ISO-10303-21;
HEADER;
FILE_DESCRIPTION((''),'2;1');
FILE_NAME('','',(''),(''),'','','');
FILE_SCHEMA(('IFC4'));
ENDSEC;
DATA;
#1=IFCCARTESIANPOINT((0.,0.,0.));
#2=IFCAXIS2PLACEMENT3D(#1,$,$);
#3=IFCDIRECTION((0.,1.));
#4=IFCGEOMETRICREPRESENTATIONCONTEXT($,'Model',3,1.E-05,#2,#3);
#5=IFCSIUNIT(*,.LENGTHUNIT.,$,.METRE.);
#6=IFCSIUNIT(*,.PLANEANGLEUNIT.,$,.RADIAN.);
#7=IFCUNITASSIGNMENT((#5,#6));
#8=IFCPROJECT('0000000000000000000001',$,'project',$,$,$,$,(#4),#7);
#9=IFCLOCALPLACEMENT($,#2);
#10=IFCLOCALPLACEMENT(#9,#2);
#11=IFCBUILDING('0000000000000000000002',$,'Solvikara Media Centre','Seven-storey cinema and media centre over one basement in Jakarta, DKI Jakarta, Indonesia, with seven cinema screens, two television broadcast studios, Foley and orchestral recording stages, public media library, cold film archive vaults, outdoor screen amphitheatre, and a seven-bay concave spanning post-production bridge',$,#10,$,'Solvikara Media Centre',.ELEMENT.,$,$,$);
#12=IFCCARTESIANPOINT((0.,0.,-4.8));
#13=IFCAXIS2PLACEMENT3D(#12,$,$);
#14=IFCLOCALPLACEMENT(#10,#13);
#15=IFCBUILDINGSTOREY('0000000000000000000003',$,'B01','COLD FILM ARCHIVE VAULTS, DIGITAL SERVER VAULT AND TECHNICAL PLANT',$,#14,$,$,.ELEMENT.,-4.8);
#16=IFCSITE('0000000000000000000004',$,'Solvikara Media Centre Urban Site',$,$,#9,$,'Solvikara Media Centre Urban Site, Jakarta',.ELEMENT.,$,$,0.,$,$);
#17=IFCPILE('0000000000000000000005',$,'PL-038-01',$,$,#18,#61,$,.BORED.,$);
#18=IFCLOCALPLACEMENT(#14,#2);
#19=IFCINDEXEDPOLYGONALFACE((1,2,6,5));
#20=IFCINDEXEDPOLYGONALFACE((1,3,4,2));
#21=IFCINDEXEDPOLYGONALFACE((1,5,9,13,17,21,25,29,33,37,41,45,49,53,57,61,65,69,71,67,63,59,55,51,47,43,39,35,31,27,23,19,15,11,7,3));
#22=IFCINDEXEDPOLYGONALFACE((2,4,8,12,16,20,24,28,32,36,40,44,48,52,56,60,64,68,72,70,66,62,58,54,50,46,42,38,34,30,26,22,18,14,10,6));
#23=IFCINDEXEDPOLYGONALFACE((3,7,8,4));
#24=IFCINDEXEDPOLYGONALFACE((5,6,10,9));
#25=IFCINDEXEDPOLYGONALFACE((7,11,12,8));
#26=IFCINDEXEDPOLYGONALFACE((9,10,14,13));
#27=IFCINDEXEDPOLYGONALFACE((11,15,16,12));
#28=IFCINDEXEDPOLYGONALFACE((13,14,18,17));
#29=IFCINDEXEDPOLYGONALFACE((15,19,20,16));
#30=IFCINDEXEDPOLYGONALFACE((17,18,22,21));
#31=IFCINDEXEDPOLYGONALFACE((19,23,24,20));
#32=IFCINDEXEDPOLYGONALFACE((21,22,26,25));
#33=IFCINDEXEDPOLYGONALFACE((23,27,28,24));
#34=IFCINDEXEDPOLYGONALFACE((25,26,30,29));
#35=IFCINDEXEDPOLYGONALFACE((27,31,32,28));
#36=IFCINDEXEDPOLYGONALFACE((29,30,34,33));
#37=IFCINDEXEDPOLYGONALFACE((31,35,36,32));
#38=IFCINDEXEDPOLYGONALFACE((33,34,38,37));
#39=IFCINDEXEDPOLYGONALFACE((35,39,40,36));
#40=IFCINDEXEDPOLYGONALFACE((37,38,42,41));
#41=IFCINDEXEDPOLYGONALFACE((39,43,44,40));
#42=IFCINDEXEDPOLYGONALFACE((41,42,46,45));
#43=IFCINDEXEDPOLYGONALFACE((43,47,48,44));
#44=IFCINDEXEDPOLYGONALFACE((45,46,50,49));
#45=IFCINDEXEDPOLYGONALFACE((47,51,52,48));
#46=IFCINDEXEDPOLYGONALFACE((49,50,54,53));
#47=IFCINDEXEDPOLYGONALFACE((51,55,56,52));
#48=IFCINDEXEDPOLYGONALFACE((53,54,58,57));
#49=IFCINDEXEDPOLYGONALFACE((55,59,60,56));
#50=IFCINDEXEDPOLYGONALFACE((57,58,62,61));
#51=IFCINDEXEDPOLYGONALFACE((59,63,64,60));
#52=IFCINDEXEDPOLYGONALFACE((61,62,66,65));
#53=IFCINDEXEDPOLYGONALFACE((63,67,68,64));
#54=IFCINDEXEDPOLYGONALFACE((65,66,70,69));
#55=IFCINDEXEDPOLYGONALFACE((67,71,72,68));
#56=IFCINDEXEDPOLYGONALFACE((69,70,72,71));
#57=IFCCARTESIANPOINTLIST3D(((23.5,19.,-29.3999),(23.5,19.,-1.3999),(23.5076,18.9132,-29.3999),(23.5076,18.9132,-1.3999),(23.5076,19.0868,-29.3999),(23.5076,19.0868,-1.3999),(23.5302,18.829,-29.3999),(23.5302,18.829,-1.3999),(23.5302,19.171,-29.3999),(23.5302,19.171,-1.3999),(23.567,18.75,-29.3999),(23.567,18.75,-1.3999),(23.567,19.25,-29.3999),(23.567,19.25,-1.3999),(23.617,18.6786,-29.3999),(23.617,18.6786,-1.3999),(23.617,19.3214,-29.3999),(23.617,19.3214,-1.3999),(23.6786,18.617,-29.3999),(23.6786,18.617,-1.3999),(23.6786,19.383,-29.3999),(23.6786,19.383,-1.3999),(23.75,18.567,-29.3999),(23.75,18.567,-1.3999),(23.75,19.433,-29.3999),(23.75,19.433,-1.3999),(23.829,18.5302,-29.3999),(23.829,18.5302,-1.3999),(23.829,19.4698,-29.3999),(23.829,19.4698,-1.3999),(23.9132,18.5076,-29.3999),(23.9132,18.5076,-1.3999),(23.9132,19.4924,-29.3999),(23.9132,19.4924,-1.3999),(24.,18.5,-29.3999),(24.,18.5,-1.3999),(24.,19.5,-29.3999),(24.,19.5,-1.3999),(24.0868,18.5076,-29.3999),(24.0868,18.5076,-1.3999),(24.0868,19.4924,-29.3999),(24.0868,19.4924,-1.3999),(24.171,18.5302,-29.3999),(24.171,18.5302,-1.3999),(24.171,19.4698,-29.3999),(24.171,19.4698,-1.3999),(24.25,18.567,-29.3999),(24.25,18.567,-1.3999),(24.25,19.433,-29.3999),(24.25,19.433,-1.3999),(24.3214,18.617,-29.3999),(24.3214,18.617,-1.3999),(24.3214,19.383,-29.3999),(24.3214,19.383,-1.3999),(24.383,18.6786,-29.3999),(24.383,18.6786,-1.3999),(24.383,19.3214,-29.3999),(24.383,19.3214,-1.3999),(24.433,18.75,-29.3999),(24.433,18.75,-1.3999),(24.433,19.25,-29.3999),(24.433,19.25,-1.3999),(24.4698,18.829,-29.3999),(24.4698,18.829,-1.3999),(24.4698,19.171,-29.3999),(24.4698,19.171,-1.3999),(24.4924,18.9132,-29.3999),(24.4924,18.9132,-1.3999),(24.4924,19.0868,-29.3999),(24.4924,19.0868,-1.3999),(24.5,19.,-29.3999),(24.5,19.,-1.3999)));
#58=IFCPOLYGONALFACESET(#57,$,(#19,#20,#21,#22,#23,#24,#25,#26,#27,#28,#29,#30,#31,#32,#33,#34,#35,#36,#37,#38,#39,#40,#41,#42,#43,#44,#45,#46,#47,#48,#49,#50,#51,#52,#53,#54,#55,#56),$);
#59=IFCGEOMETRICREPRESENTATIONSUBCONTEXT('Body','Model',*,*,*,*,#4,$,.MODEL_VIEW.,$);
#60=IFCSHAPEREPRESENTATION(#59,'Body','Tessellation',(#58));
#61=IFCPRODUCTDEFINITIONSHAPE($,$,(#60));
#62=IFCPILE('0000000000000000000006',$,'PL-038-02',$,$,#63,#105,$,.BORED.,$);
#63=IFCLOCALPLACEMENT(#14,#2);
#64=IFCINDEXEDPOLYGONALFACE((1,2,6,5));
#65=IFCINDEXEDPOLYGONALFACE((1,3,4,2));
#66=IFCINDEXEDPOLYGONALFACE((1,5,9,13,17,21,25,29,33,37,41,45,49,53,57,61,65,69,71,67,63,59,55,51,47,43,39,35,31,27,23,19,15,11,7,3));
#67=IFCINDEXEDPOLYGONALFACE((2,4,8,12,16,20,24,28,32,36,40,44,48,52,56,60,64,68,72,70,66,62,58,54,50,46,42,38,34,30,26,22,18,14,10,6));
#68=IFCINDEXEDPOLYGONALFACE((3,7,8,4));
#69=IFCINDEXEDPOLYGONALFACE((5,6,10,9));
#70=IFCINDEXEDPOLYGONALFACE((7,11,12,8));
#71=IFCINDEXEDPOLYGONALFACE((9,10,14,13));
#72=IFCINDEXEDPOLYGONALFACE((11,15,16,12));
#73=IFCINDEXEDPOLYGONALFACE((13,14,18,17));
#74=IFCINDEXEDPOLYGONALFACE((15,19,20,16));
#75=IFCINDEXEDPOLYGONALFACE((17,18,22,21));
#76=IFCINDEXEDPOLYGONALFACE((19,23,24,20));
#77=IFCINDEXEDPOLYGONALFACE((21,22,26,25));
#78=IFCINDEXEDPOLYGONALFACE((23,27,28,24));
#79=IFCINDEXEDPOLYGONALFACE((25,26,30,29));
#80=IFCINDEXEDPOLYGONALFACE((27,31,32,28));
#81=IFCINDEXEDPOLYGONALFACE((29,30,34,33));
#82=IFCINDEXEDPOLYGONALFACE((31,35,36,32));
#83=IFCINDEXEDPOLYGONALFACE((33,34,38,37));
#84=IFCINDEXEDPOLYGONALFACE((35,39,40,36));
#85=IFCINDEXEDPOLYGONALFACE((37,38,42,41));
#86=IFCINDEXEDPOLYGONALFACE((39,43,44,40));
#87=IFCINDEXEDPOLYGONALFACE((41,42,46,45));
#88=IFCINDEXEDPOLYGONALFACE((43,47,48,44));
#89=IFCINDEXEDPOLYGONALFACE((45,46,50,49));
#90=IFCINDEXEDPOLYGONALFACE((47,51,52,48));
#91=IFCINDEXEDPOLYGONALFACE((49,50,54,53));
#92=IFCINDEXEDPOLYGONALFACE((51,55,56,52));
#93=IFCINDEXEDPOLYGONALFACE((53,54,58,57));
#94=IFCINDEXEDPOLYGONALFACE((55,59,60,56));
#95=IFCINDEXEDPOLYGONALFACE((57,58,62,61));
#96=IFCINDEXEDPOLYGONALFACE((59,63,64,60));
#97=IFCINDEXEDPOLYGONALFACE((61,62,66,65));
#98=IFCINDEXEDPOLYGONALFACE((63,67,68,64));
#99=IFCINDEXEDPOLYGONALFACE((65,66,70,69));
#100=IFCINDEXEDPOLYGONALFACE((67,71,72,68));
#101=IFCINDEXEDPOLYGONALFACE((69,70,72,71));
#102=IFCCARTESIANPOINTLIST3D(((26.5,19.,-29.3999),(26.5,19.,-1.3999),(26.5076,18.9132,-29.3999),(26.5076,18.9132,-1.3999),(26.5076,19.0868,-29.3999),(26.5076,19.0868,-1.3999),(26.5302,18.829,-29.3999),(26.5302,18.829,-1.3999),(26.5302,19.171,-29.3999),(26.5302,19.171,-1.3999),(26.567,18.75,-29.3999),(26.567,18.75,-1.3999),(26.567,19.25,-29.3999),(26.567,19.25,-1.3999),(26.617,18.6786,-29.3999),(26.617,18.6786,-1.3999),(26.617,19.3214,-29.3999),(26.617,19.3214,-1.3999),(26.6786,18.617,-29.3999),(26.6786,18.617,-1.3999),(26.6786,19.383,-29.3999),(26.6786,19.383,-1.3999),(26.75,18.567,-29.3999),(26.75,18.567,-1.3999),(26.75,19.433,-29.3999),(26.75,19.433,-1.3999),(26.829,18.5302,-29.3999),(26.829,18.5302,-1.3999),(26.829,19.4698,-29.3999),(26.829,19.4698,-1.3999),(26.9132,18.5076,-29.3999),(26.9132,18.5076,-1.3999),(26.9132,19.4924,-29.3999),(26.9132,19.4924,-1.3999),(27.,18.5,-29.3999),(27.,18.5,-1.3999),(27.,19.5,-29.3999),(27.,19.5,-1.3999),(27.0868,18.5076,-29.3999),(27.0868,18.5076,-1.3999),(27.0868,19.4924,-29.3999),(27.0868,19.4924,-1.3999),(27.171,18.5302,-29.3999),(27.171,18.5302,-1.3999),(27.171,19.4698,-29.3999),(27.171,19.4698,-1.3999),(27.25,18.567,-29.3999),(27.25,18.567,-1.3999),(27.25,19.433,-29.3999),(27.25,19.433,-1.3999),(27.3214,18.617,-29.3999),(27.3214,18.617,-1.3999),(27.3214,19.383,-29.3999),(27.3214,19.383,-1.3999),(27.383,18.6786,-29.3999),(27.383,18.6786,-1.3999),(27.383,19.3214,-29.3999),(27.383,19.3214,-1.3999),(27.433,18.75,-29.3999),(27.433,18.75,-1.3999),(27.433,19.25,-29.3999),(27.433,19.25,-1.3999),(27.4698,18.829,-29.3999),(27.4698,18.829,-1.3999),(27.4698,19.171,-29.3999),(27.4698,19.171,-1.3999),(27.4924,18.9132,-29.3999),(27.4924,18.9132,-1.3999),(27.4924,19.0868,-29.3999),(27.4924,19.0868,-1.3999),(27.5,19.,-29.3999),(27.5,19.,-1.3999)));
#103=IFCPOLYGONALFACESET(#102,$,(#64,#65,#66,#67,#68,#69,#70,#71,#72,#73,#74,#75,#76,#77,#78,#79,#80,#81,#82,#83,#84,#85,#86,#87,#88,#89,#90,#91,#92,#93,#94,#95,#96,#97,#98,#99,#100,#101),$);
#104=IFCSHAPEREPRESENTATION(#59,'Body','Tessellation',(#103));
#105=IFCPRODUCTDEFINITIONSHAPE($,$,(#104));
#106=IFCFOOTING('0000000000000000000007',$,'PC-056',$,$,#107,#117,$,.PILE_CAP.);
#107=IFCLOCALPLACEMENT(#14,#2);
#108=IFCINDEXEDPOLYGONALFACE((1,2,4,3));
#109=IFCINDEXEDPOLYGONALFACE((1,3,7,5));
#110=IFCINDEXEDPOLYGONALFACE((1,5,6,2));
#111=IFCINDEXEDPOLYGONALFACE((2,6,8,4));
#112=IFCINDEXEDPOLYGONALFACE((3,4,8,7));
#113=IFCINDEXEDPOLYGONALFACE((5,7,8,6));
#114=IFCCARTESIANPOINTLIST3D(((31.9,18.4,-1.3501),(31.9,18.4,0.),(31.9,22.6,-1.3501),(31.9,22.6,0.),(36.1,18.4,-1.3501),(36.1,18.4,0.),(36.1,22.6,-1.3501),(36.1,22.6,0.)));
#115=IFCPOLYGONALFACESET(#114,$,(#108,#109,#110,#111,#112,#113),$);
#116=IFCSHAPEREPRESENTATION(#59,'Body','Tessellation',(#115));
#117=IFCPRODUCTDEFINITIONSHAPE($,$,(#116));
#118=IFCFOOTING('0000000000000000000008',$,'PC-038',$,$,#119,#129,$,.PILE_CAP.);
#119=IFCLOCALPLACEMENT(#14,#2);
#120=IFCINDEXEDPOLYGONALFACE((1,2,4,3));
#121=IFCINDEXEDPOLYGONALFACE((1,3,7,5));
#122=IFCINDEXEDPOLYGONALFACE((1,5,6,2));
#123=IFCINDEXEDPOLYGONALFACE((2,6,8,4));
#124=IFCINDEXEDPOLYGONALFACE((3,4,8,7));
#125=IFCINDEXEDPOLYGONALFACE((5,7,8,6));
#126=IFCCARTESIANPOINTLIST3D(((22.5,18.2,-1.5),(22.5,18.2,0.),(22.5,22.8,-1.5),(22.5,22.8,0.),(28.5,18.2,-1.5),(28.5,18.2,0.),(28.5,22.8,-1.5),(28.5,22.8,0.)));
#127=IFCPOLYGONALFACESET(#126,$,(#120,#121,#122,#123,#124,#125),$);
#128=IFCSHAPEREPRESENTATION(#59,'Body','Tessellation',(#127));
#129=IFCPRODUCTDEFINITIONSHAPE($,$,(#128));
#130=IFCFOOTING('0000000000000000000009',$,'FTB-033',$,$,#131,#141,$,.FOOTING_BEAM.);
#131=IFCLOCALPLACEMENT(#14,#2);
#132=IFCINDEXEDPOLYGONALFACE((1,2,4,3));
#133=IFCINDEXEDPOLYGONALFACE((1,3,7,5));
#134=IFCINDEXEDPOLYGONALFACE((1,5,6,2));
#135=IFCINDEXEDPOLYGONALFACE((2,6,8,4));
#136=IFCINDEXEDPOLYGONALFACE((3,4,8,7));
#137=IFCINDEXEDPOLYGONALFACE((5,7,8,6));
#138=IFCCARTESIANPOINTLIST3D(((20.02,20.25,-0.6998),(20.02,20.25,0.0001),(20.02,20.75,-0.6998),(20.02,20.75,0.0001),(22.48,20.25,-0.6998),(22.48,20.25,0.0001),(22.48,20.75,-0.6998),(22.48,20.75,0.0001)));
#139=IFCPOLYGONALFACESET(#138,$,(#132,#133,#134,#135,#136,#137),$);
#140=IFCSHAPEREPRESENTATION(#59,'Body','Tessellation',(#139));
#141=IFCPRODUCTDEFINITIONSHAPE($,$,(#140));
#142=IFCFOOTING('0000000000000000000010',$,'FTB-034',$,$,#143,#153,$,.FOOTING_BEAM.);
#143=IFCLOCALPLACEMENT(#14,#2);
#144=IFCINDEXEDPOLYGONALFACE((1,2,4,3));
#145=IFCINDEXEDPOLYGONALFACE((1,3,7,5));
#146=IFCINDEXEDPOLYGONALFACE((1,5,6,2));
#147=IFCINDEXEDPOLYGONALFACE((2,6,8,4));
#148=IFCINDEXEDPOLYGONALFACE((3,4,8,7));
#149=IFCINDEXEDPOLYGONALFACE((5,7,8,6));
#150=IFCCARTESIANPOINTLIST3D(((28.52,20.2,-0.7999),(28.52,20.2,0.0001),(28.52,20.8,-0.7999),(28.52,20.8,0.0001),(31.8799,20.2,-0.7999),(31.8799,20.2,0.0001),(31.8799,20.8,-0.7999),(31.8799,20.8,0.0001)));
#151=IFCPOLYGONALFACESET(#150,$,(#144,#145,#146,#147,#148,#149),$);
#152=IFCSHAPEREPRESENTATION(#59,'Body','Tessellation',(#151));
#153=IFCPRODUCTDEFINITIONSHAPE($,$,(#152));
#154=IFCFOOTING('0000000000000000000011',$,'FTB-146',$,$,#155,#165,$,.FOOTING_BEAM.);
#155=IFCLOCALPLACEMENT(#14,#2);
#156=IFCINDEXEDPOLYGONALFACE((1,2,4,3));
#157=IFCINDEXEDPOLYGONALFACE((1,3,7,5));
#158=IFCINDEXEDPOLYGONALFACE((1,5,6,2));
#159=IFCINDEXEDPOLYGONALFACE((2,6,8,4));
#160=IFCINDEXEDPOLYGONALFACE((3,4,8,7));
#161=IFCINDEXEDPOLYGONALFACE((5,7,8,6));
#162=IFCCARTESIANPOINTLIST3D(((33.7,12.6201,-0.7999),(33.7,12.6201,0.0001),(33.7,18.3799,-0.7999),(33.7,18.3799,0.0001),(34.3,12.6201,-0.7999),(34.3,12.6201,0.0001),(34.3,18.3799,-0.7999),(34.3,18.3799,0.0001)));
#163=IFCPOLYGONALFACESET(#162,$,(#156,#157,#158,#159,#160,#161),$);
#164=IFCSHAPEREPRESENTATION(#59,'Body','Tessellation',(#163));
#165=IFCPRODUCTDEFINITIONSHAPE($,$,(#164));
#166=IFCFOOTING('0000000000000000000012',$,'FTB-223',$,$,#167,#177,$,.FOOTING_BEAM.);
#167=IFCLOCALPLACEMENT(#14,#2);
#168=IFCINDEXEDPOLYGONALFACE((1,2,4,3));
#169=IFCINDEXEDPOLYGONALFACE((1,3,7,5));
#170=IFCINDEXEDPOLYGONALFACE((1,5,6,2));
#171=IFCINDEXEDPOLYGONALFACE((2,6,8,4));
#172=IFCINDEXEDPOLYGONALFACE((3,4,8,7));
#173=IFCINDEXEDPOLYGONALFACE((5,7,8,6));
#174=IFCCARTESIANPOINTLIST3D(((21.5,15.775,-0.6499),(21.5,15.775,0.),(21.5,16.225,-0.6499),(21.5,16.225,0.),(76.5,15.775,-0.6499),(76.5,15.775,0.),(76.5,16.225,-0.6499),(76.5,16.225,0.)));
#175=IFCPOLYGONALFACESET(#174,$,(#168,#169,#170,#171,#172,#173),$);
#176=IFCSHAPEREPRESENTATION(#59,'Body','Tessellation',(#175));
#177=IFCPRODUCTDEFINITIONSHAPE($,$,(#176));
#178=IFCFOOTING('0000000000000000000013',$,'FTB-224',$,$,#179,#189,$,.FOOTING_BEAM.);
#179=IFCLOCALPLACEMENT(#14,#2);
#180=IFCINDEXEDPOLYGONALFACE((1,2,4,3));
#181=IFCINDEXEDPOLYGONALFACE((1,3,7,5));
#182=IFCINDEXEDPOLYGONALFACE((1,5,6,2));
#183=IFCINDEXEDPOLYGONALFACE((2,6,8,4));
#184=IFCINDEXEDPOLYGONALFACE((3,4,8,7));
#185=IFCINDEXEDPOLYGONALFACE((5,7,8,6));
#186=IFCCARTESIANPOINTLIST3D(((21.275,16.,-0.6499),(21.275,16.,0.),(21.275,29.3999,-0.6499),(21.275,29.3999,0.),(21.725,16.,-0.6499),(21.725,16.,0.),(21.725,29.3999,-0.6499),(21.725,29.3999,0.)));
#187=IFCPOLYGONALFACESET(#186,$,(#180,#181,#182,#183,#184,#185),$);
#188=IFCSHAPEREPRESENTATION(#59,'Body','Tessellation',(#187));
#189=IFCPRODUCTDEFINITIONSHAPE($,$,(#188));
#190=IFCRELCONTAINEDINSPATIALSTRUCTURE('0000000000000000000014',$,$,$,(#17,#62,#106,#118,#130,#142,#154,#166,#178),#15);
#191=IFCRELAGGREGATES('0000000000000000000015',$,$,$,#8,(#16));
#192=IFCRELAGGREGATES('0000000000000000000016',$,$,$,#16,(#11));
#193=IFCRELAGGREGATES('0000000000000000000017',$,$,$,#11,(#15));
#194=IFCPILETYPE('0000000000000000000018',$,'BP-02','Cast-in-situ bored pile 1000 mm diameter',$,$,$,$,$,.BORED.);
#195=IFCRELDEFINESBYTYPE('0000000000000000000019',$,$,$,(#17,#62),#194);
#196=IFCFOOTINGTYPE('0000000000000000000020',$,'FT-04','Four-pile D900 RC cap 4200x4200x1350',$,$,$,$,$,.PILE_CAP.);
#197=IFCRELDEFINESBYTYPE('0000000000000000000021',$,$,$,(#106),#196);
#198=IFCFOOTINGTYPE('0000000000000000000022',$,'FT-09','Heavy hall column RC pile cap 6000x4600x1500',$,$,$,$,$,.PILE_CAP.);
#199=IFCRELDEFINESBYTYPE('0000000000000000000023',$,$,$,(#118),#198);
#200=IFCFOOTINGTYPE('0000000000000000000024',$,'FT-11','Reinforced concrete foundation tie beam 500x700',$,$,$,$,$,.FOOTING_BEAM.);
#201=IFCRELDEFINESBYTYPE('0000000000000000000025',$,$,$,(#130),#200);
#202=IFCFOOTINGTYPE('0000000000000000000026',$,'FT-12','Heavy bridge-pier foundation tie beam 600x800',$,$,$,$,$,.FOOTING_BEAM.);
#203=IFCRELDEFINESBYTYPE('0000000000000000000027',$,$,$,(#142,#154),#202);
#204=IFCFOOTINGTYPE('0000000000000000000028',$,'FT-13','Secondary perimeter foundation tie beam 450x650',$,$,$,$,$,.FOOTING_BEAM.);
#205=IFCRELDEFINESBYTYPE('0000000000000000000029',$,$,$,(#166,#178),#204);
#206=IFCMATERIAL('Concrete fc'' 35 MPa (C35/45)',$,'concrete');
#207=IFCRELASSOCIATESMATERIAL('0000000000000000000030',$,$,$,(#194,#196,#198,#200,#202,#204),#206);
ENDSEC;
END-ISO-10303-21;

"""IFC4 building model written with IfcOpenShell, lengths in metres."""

from ifc_helpers import new_model, si_unit, direction, frame, origin, origin_2d, place, context, subcontext, project, spatial, rectangle, circle, extrude, material, material_profile, profile_set, type_object, element, save


model = new_model("IFC4")

# Units and contexts
model_context = context("Model", 3, precision=1e-05, world=origin(), true_north=direction((0.0, 1.0)))
body_context = subcontext(model_context, "Body", "Model", "MODEL_VIEW")
ifc_project = project(units=[si_unit("LENGTHUNIT", "METRE"), si_unit("PLANEANGLEUNIT", "RADIAN")], contexts=[model_context])

# Site, building, storey
site_placement = place(None, origin())
site = spatial("IfcSite", under=ifc_project, at=site_placement, Name="Solvikara Media Centre Urban Site", LongName="Solvikara Media Centre Urban Site, Jakarta", CompositionType="ELEMENT", RefElevation=0.0)
building_placement = place(site_placement, origin())
building = spatial("IfcBuilding", under=site, at=building_placement, Name="Solvikara Media Centre", Description="Seven-storey cinema and media centre over one basement in Jakarta, DKI Jakarta, Indonesia, with seven cinema screens, two television broadcast studios, Foley and orchestral recording stages, public media library, cold film archive vaults, outdoor screen amphitheatre, and a seven-bay concave spanning post-production bridge", LongName="Solvikara Media Centre", CompositionType="ELEMENT")
storey_placement = place(building_placement, frame((0.0, 0.0, -4.8)))
storey = spatial("IfcBuildingStorey", under=building, at=storey_placement, Name="B01", Description="COLD FILM ARCHIVE VAULTS, DIGITAL SERVER VAULT AND TECHNICAL PLANT", CompositionType="ELEMENT", Elevation=-4.8)

# Piles
ifc_material_1 = material(Name="Concrete fc' 35 MPa (C35/45)", Category="concrete")
ifc_material_profile_1 = material_profile(ifc_material_1, circle(Radius=0.5, at=origin_2d()), Name="BORED PILE D1000")
ifc_profile_set_1 = profile_set([ifc_material_profile_1], Name="Concrete fc' 35 MPa (C35/45)")
pile_type_1 = type_object("IfcPileType", Name="BP-02", Description="Cast-in-situ bored pile 1000 mm diameter", PredefinedType="BORED", material=ifc_profile_set_1)
for number, where, z_axis, x_axis, name in (
    (1, (24.0, 19.0, -1.3999), (0.0, 0.0, -1.0), (1.0, 0.0, 0.0), "PL-038-01"),
    (2, (27.0, 19.0, -1.3999), (0.0, 0.0, -1.0), (1.0, 0.0, 0.0), "PL-038-02"),
):
    element("IfcPile", number, at=place(storey_placement, frame(where, z_axis=z_axis, x_axis=x_axis)), inside=storey, type_object=pile_type_1, Name=name, PredefinedType="BORED", context=body_context, shape_type="SweptSolid", body=[
        extrude(circle(Radius=0.5, at=origin_2d()), origin(), (0.0, 0.0, 1.0), 28.0),
    ])

# Footings
footing_type_1 = type_object("IfcFootingType", Name="FT-04", Description="Four-pile D900 RC cap 4200x4200x1350", PredefinedType="PILE_CAP", material=ifc_material_1)
footing_1_placement = place(storey_placement, frame((34.0, 20.5, -1.3501), z_axis=(0.0, 0.0, 1.0), x_axis=(1.0, 0.0, 0.0)))
element("IfcFooting", 3, at=footing_1_placement, inside=storey, type_object=footing_type_1, Name="PC-056", PredefinedType="PILE_CAP", context=body_context, shape_type="SweptSolid", body=[
    extrude(rectangle(XDim=4.2, YDim=4.2, at=origin_2d()), origin(), (0.0, 0.0, 1.0), 1.3501),
])
footing_type_2 = type_object("IfcFootingType", Name="FT-09", Description="Heavy hall column RC pile cap 6000x4600x1500", PredefinedType="PILE_CAP", material=ifc_material_1)
footing_2_placement = place(storey_placement, frame((25.5, 20.5, -1.5), z_axis=(0.0, 0.0, 1.0), x_axis=(1.0, 0.0, 0.0)))
element("IfcFooting", 4, at=footing_2_placement, inside=storey, type_object=footing_type_2, Name="PC-038", PredefinedType="PILE_CAP", context=body_context, shape_type="SweptSolid", body=[
    extrude(rectangle(XDim=6.0, YDim=4.6001, at=origin_2d()), origin(), (0.0, 0.0, 1.0), 1.5),
])
ifc_material_profile_2 = material_profile(ifc_material_1, rectangle(XDim=0.5, YDim=0.7, at=origin_2d()), Name="RC 500x700")
ifc_profile_set_2 = profile_set([ifc_material_profile_2], Name="Concrete fc' 35 MPa (C35/45)")
footing_type_3 = type_object("IfcFootingType", Name="FT-11", Description="Reinforced concrete foundation tie beam 500x700", PredefinedType="FOOTING_BEAM", material=ifc_profile_set_2)
footing_3_placement = place(storey_placement, frame((20.02, 20.5, -0.3499), z_axis=(1.0, 0.0, 0.0), x_axis=(0.0, 1.0, 0.0)))
element("IfcFooting", 5, at=footing_3_placement, inside=storey, type_object=footing_type_3, Name="FTB-033", PredefinedType="FOOTING_BEAM", context=body_context, shape_type="SweptSolid", body=[
    extrude(rectangle(XDim=0.5, YDim=0.7, at=origin_2d()), origin(), (0.0, 0.0, 1.0), 2.46),
])
ifc_material_profile_3 = material_profile(ifc_material_1, rectangle(XDim=0.6001, YDim=0.8, at=origin_2d()), Name="RC 600x800")
ifc_profile_set_3 = profile_set([ifc_material_profile_3], Name="Concrete fc' 35 MPa (C35/45)")
footing_type_4 = type_object("IfcFootingType", Name="FT-12", Description="Heavy bridge-pier foundation tie beam 600x800", PredefinedType="FOOTING_BEAM", material=ifc_profile_set_3)
footing_4_placement = place(storey_placement, frame((28.52, 20.5, -0.3999), z_axis=(1.0, 0.0, 0.0), x_axis=(0.0, 1.0, 0.0)))
element("IfcFooting", 6, at=footing_4_placement, inside=storey, type_object=footing_type_4, Name="FTB-034", PredefinedType="FOOTING_BEAM", context=body_context, shape_type="SweptSolid", body=[
    extrude(rectangle(XDim=0.6001, YDim=0.8, at=origin_2d()), origin(), (0.0, 0.0, 1.0), 3.3599),
])
footing_5_placement = place(storey_placement, frame((34.0, 12.6201, -0.3999), z_axis=(0.0, 1.0, 0.0), x_axis=(-1.0, 0.0, 0.0)))
element("IfcFooting", 7, at=footing_5_placement, inside=storey, type_object=footing_type_4, Name="FTB-146", PredefinedType="FOOTING_BEAM", context=body_context, shape_type="SweptSolid", body=[
    extrude(rectangle(XDim=0.6001, YDim=0.8, at=origin_2d()), origin(), (0.0, 0.0, 1.0), 5.7598),
])
ifc_material_profile_4 = material_profile(ifc_material_1, rectangle(XDim=0.45, YDim=0.6499, at=origin_2d()), Name="RC 450x650")
ifc_profile_set_4 = profile_set([ifc_material_profile_4], Name="Concrete fc' 35 MPa (C35/45)")
footing_type_5 = type_object("IfcFootingType", Name="FT-13", Description="Secondary perimeter foundation tie beam 450x650", PredefinedType="FOOTING_BEAM", material=ifc_profile_set_4)
footing_6_placement = place(storey_placement, frame((21.5, 16.0, -0.325), z_axis=(1.0, 0.0, 0.0), x_axis=(0.0, 1.0, 0.0)))
element("IfcFooting", 8, at=footing_6_placement, inside=storey, type_object=footing_type_5, Name="FTB-223", PredefinedType="FOOTING_BEAM", context=body_context, shape_type="SweptSolid", body=[
    extrude(rectangle(XDim=0.45, YDim=0.6499, at=origin_2d()), origin(), (0.0, 0.0, 1.0), 55.0),
])
footing_7_placement = place(storey_placement, frame((21.5, 16.0, -0.325), z_axis=(0.0, 1.0, 0.0), x_axis=(-1.0, 0.0, 0.0)))
element("IfcFooting", 9, at=footing_7_placement, inside=storey, type_object=footing_type_5, Name="FTB-224", PredefinedType="FOOTING_BEAM", context=body_context, shape_type="SweptSolid", body=[
    extrude(rectangle(XDim=0.45, YDim=0.6499, at=origin_2d()), origin(), (0.0, 0.0, 1.0), 13.3999),
])

save(model, "model.ifc")
